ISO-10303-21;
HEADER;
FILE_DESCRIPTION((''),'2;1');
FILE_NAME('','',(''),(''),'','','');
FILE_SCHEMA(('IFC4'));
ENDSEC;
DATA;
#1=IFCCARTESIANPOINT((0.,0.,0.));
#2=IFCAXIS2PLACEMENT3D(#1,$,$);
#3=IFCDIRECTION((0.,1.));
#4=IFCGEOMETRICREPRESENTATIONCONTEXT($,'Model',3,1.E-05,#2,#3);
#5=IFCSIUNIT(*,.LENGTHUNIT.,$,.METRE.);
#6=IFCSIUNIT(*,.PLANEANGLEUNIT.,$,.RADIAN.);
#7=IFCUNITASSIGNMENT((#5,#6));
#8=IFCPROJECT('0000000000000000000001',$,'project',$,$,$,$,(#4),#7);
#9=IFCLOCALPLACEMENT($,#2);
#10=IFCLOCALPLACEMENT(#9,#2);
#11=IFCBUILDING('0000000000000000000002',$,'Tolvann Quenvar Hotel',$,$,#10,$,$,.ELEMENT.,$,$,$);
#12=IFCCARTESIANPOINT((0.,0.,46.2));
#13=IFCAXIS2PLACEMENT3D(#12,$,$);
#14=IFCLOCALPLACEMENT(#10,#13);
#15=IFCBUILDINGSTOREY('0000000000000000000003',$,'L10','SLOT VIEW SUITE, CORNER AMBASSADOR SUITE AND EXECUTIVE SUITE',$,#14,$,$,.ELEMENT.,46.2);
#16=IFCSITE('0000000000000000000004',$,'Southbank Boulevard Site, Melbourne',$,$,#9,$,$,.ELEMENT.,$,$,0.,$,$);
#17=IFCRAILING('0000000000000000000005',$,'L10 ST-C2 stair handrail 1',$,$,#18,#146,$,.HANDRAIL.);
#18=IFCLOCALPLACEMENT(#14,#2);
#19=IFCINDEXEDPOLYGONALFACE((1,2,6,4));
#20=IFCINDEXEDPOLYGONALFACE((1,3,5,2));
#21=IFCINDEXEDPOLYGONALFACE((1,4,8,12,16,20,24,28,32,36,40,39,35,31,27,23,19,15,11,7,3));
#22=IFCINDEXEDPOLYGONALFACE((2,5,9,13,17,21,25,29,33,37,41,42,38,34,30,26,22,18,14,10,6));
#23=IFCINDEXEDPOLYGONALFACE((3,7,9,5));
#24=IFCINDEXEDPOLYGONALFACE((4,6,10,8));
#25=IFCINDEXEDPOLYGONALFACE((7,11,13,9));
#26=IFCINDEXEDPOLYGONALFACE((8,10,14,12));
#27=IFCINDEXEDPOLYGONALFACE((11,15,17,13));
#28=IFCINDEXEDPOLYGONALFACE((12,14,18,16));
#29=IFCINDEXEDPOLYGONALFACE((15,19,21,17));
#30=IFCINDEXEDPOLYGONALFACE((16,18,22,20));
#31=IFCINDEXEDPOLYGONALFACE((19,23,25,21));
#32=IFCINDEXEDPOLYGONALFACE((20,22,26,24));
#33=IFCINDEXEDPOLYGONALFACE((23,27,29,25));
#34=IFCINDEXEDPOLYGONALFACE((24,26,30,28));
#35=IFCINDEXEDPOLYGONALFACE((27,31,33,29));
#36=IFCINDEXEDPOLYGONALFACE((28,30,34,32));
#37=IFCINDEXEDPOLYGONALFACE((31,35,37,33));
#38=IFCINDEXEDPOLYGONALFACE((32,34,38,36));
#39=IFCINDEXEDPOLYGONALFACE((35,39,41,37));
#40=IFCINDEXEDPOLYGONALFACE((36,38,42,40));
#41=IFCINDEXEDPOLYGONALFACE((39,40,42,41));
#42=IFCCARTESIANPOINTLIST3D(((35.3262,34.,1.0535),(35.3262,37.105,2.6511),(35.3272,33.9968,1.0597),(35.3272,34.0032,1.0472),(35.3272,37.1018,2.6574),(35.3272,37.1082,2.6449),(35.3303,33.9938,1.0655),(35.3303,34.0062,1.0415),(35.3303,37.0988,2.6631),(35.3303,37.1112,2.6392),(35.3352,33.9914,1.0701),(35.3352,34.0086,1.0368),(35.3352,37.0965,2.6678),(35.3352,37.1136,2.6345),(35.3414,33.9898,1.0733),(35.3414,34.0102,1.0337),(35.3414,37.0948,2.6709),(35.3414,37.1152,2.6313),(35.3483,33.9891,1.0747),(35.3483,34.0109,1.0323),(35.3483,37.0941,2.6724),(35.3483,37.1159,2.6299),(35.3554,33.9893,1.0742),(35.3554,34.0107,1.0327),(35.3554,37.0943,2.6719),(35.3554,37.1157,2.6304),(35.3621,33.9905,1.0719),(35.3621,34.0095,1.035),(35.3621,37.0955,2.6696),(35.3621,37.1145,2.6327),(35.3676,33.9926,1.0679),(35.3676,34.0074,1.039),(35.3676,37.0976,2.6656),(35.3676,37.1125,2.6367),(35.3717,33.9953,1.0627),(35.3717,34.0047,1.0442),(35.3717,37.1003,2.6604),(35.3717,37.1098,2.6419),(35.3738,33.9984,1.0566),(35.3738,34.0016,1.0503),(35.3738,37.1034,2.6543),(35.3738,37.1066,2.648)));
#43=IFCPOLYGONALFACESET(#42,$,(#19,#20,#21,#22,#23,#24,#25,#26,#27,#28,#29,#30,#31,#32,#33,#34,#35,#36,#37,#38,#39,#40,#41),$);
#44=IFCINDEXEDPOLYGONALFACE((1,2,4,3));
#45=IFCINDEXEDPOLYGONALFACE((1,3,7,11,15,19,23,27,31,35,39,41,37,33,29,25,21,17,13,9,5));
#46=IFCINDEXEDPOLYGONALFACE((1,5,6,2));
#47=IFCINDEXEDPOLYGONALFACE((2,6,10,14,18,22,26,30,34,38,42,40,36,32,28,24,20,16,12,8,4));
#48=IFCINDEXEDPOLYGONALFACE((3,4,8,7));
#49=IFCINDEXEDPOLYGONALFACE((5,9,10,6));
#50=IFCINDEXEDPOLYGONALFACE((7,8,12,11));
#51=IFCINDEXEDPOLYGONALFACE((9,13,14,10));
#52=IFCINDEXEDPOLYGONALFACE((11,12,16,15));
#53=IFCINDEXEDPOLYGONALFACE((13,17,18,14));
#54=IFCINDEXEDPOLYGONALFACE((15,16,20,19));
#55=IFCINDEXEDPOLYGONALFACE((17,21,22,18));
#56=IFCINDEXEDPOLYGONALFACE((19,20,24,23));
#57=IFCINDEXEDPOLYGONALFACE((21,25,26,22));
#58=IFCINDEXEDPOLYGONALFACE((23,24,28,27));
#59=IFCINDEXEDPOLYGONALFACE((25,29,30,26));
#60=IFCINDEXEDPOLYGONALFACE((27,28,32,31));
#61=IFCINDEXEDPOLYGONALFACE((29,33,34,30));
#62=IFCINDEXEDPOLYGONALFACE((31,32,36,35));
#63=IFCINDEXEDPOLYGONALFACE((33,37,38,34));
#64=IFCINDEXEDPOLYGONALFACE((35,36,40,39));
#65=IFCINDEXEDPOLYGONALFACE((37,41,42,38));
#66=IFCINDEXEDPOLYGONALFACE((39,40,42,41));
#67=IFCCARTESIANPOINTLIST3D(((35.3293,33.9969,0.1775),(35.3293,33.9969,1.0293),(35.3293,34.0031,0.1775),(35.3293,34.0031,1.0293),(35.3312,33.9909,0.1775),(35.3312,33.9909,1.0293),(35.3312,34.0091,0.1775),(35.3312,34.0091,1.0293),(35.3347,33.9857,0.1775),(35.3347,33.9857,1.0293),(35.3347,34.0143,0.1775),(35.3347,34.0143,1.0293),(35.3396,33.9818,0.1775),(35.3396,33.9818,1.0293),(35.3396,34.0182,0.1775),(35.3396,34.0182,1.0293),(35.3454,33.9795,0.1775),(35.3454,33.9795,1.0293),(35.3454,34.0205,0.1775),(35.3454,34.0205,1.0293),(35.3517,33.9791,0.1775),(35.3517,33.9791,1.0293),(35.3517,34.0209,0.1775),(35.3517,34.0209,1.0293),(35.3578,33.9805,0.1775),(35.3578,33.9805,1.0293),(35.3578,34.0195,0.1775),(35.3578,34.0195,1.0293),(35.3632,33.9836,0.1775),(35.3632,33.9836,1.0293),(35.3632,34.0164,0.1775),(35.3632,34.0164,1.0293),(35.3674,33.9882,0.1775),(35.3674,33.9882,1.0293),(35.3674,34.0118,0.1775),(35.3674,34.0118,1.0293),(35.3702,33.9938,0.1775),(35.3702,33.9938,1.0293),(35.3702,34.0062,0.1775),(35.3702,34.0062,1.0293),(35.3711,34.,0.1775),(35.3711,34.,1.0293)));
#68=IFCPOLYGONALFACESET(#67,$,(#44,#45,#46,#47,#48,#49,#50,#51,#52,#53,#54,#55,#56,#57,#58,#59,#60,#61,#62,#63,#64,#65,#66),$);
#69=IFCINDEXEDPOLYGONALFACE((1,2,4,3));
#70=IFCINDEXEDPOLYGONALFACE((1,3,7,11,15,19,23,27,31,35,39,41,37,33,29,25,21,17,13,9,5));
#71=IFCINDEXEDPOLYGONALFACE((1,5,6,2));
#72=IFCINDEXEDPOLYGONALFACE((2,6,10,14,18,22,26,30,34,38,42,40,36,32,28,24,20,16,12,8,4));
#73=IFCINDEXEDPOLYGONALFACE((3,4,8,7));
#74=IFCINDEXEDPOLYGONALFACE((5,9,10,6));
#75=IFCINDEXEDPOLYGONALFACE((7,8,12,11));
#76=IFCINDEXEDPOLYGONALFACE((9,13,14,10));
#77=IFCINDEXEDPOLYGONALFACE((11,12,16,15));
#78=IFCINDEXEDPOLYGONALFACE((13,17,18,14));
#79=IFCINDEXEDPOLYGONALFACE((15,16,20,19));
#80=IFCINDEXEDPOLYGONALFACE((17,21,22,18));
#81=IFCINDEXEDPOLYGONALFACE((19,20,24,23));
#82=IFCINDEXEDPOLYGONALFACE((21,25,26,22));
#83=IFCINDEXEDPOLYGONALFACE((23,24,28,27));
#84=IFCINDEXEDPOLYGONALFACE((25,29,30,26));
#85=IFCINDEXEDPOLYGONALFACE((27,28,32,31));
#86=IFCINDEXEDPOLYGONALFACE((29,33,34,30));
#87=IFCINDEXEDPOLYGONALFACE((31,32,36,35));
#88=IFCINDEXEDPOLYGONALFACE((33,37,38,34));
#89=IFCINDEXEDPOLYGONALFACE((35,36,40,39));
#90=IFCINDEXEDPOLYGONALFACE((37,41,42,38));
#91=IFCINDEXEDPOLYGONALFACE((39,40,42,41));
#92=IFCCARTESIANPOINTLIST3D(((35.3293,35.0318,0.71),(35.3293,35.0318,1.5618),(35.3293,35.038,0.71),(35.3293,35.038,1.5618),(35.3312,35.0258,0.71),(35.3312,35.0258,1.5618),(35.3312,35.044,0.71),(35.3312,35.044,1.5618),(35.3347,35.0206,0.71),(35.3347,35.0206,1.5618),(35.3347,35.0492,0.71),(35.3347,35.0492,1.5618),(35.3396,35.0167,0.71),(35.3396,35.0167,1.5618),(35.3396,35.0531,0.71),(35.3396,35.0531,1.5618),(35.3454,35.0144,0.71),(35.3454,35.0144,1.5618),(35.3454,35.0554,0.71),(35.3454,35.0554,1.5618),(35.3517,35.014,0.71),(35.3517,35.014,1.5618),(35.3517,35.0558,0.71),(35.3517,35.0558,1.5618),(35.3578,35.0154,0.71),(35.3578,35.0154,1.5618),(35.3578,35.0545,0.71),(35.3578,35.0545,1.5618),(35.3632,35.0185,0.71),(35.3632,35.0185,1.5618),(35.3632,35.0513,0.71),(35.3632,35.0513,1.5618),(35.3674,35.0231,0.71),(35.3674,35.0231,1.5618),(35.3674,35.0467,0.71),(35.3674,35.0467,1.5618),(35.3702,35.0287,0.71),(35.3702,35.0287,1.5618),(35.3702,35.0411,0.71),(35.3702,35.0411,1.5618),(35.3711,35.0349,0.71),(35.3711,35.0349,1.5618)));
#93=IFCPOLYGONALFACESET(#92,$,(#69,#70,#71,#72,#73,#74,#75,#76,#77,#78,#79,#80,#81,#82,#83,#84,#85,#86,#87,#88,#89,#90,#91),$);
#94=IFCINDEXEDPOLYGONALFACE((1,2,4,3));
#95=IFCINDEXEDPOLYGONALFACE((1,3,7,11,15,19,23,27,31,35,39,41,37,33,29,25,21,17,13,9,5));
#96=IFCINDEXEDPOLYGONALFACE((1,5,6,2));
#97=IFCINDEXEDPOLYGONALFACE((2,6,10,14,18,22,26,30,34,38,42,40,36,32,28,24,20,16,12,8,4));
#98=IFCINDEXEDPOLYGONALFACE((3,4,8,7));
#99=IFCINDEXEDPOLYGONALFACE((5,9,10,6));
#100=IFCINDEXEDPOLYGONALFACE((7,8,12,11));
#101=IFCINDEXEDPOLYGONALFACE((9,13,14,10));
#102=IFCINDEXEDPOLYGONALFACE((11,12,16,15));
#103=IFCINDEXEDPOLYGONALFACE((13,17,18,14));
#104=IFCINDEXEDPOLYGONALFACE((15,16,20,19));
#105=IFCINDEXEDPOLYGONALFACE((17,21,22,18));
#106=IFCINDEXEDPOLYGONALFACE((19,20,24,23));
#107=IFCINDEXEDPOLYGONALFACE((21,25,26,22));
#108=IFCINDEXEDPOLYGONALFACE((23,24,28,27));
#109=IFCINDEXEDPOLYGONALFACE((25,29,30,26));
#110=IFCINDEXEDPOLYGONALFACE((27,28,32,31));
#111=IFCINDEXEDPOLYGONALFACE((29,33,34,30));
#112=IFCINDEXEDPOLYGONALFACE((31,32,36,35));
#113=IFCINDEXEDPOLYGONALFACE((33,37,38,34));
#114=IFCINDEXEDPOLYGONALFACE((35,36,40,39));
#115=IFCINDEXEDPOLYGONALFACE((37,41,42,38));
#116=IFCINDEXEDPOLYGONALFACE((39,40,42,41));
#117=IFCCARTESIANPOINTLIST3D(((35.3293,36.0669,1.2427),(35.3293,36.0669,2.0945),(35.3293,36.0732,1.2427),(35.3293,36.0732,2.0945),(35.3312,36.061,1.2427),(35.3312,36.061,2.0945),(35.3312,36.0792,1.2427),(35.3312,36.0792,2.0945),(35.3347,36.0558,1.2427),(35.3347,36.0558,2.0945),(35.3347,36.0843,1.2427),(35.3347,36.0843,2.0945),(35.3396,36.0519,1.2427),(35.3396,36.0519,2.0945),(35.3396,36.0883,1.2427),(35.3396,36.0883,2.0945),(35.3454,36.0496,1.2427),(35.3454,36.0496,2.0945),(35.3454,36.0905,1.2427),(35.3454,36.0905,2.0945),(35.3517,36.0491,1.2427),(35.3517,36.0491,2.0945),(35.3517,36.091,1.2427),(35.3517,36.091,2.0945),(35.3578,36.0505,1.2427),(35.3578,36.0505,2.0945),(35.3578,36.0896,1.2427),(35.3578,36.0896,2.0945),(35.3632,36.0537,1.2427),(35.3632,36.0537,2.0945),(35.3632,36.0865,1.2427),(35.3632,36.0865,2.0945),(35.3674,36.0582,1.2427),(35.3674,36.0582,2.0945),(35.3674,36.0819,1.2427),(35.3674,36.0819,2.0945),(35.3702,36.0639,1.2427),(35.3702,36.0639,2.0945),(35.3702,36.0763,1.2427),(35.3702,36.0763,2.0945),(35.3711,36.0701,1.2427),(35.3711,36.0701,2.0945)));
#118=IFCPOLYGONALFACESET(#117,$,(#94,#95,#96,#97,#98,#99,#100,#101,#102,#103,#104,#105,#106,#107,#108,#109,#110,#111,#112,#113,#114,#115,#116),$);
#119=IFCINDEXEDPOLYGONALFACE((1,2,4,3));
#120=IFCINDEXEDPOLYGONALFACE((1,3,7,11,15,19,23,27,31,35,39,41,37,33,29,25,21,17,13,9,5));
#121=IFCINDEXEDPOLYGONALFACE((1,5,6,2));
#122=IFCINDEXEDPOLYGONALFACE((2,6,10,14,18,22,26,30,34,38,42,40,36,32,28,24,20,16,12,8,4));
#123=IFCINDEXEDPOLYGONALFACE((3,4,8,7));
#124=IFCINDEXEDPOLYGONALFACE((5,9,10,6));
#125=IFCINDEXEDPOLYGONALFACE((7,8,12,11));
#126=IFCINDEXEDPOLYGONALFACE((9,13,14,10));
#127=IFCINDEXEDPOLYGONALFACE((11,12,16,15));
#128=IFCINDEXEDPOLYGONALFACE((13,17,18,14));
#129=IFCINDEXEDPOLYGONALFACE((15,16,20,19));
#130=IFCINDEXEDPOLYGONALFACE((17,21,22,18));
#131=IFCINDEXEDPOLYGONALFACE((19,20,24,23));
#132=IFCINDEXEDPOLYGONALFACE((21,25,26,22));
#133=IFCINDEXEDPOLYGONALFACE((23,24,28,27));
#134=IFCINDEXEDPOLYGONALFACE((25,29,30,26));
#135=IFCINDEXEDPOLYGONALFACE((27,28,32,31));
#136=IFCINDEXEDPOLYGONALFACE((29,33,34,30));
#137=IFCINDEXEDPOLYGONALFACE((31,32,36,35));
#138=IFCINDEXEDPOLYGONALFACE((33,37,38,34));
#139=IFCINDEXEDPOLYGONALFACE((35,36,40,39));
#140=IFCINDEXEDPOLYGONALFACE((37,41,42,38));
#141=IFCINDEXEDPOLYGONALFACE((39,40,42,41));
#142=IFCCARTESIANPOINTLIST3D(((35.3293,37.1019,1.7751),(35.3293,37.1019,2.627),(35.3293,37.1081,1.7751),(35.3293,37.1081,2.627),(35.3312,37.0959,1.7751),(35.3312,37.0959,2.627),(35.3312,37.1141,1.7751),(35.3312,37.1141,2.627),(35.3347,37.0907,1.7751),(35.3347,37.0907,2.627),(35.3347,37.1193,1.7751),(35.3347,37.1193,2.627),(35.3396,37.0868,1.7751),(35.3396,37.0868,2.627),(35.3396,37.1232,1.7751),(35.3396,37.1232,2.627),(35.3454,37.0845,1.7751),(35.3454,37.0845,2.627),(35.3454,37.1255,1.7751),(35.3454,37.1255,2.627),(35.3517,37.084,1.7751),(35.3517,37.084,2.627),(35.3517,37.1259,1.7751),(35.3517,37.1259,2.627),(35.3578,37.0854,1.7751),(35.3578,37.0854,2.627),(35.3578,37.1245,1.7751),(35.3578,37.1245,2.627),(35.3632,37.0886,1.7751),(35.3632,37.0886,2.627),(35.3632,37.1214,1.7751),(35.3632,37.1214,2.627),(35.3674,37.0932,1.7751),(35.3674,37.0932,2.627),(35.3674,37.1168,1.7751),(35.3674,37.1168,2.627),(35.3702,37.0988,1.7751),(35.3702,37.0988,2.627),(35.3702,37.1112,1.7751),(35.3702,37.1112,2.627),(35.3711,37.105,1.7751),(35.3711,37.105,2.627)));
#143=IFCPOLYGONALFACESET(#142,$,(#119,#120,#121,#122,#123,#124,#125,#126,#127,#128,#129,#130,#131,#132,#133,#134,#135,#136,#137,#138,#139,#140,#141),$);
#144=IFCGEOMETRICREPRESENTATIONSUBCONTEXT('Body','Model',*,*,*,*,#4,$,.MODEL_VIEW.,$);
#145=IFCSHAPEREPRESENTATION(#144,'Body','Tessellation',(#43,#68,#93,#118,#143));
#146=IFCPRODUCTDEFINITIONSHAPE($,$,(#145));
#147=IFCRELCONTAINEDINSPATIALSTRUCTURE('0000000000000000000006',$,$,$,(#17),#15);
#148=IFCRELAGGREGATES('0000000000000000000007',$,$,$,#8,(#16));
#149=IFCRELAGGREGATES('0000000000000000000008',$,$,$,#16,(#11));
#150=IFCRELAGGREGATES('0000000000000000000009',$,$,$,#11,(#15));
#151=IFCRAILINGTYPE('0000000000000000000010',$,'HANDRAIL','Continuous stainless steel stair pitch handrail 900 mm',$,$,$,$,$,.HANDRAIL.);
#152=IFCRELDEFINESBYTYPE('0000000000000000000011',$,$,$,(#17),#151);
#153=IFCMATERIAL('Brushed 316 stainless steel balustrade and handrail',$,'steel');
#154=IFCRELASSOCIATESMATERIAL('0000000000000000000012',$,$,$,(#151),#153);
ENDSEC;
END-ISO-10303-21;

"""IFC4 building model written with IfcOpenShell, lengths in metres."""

from ifc_helpers import new_model, si_unit, direction, frame, origin, origin_2d, place, context, subcontext, project, spatial, circle, extrude, material, type_object, element, save


model = new_model("IFC4")

# Units and contexts
model_context = context("Model", 3, precision=1e-05, world=origin(), true_north=direction((0.0, 1.0)))
body_context = subcontext(model_context, "Body", "Model", "MODEL_VIEW")
ifc_project = project(units=[si_unit("LENGTHUNIT", "METRE"), si_unit("PLANEANGLEUNIT", "RADIAN")], contexts=[model_context])

# Site, building, storey
site_placement = place(None, origin())
site = spatial("IfcSite", under=ifc_project, at=site_placement, Name="Southbank Boulevard Site, Melbourne", CompositionType="ELEMENT", RefElevation=0.0)
building_placement = place(site_placement, origin())
building = spatial("IfcBuilding", under=site, at=building_placement, Name="Tolvann Quenvar Hotel", CompositionType="ELEMENT")
storey_placement = place(building_placement, frame((0.0, 0.0, 46.2)))
storey = spatial("IfcBuildingStorey", under=building, at=storey_placement, Name="L10", Description="SLOT VIEW SUITE, CORNER AMBASSADOR SUITE AND EXECUTIVE SUITE", CompositionType="ELEMENT", Elevation=46.2)

# Railing
ifc_material_1 = material(Name="Brushed 316 stainless steel balustrade and handrail", Category="steel")
railing_type_1 = type_object("IfcRailingType", Name="HANDRAIL", Description="Continuous stainless steel stair pitch handrail 900 mm", PredefinedType="HANDRAIL", material=ifc_material_1)
railing_1_placement = place(storey_placement, frame((35.3501, 34.0, 0.1775)))
element("IfcRailing", 1, at=railing_1_placement, inside=storey, type_object=railing_type_1, Name="L10 ST-C2 stair handrail 1", PredefinedType="HANDRAIL", context=body_context, shape_type="SweptSolid", body=[
    extrude(circle(Radius=0.0239, at=origin_2d()), frame((0.0, 0.0, 0.876), z_axis=(0.0, 0.889194, 0.457531), x_axis=(-1.0, 0.0, 0.0)), (0.0, 0.0, 1.0), 3.4919),
    extrude(circle(Radius=0.021, at=origin_2d()), origin(), (0.0, 0.0, 1.0), 0.8518),
    extrude(circle(Radius=0.021, at=origin_2d()), frame((0.0, 1.0349, 0.5325)), (0.0, 0.0, 1.0), 0.8518),
    extrude(circle(Radius=0.021, at=origin_2d()), frame((0.0, 2.0701, 1.0652)), (0.0, 0.0, 1.0), 0.8518),
    extrude(circle(Radius=0.021, at=origin_2d()), frame((0.0, 3.105, 1.5977)), (0.0, 0.0, 1.0), 0.8518),
])

save(model, "model.ifc")
